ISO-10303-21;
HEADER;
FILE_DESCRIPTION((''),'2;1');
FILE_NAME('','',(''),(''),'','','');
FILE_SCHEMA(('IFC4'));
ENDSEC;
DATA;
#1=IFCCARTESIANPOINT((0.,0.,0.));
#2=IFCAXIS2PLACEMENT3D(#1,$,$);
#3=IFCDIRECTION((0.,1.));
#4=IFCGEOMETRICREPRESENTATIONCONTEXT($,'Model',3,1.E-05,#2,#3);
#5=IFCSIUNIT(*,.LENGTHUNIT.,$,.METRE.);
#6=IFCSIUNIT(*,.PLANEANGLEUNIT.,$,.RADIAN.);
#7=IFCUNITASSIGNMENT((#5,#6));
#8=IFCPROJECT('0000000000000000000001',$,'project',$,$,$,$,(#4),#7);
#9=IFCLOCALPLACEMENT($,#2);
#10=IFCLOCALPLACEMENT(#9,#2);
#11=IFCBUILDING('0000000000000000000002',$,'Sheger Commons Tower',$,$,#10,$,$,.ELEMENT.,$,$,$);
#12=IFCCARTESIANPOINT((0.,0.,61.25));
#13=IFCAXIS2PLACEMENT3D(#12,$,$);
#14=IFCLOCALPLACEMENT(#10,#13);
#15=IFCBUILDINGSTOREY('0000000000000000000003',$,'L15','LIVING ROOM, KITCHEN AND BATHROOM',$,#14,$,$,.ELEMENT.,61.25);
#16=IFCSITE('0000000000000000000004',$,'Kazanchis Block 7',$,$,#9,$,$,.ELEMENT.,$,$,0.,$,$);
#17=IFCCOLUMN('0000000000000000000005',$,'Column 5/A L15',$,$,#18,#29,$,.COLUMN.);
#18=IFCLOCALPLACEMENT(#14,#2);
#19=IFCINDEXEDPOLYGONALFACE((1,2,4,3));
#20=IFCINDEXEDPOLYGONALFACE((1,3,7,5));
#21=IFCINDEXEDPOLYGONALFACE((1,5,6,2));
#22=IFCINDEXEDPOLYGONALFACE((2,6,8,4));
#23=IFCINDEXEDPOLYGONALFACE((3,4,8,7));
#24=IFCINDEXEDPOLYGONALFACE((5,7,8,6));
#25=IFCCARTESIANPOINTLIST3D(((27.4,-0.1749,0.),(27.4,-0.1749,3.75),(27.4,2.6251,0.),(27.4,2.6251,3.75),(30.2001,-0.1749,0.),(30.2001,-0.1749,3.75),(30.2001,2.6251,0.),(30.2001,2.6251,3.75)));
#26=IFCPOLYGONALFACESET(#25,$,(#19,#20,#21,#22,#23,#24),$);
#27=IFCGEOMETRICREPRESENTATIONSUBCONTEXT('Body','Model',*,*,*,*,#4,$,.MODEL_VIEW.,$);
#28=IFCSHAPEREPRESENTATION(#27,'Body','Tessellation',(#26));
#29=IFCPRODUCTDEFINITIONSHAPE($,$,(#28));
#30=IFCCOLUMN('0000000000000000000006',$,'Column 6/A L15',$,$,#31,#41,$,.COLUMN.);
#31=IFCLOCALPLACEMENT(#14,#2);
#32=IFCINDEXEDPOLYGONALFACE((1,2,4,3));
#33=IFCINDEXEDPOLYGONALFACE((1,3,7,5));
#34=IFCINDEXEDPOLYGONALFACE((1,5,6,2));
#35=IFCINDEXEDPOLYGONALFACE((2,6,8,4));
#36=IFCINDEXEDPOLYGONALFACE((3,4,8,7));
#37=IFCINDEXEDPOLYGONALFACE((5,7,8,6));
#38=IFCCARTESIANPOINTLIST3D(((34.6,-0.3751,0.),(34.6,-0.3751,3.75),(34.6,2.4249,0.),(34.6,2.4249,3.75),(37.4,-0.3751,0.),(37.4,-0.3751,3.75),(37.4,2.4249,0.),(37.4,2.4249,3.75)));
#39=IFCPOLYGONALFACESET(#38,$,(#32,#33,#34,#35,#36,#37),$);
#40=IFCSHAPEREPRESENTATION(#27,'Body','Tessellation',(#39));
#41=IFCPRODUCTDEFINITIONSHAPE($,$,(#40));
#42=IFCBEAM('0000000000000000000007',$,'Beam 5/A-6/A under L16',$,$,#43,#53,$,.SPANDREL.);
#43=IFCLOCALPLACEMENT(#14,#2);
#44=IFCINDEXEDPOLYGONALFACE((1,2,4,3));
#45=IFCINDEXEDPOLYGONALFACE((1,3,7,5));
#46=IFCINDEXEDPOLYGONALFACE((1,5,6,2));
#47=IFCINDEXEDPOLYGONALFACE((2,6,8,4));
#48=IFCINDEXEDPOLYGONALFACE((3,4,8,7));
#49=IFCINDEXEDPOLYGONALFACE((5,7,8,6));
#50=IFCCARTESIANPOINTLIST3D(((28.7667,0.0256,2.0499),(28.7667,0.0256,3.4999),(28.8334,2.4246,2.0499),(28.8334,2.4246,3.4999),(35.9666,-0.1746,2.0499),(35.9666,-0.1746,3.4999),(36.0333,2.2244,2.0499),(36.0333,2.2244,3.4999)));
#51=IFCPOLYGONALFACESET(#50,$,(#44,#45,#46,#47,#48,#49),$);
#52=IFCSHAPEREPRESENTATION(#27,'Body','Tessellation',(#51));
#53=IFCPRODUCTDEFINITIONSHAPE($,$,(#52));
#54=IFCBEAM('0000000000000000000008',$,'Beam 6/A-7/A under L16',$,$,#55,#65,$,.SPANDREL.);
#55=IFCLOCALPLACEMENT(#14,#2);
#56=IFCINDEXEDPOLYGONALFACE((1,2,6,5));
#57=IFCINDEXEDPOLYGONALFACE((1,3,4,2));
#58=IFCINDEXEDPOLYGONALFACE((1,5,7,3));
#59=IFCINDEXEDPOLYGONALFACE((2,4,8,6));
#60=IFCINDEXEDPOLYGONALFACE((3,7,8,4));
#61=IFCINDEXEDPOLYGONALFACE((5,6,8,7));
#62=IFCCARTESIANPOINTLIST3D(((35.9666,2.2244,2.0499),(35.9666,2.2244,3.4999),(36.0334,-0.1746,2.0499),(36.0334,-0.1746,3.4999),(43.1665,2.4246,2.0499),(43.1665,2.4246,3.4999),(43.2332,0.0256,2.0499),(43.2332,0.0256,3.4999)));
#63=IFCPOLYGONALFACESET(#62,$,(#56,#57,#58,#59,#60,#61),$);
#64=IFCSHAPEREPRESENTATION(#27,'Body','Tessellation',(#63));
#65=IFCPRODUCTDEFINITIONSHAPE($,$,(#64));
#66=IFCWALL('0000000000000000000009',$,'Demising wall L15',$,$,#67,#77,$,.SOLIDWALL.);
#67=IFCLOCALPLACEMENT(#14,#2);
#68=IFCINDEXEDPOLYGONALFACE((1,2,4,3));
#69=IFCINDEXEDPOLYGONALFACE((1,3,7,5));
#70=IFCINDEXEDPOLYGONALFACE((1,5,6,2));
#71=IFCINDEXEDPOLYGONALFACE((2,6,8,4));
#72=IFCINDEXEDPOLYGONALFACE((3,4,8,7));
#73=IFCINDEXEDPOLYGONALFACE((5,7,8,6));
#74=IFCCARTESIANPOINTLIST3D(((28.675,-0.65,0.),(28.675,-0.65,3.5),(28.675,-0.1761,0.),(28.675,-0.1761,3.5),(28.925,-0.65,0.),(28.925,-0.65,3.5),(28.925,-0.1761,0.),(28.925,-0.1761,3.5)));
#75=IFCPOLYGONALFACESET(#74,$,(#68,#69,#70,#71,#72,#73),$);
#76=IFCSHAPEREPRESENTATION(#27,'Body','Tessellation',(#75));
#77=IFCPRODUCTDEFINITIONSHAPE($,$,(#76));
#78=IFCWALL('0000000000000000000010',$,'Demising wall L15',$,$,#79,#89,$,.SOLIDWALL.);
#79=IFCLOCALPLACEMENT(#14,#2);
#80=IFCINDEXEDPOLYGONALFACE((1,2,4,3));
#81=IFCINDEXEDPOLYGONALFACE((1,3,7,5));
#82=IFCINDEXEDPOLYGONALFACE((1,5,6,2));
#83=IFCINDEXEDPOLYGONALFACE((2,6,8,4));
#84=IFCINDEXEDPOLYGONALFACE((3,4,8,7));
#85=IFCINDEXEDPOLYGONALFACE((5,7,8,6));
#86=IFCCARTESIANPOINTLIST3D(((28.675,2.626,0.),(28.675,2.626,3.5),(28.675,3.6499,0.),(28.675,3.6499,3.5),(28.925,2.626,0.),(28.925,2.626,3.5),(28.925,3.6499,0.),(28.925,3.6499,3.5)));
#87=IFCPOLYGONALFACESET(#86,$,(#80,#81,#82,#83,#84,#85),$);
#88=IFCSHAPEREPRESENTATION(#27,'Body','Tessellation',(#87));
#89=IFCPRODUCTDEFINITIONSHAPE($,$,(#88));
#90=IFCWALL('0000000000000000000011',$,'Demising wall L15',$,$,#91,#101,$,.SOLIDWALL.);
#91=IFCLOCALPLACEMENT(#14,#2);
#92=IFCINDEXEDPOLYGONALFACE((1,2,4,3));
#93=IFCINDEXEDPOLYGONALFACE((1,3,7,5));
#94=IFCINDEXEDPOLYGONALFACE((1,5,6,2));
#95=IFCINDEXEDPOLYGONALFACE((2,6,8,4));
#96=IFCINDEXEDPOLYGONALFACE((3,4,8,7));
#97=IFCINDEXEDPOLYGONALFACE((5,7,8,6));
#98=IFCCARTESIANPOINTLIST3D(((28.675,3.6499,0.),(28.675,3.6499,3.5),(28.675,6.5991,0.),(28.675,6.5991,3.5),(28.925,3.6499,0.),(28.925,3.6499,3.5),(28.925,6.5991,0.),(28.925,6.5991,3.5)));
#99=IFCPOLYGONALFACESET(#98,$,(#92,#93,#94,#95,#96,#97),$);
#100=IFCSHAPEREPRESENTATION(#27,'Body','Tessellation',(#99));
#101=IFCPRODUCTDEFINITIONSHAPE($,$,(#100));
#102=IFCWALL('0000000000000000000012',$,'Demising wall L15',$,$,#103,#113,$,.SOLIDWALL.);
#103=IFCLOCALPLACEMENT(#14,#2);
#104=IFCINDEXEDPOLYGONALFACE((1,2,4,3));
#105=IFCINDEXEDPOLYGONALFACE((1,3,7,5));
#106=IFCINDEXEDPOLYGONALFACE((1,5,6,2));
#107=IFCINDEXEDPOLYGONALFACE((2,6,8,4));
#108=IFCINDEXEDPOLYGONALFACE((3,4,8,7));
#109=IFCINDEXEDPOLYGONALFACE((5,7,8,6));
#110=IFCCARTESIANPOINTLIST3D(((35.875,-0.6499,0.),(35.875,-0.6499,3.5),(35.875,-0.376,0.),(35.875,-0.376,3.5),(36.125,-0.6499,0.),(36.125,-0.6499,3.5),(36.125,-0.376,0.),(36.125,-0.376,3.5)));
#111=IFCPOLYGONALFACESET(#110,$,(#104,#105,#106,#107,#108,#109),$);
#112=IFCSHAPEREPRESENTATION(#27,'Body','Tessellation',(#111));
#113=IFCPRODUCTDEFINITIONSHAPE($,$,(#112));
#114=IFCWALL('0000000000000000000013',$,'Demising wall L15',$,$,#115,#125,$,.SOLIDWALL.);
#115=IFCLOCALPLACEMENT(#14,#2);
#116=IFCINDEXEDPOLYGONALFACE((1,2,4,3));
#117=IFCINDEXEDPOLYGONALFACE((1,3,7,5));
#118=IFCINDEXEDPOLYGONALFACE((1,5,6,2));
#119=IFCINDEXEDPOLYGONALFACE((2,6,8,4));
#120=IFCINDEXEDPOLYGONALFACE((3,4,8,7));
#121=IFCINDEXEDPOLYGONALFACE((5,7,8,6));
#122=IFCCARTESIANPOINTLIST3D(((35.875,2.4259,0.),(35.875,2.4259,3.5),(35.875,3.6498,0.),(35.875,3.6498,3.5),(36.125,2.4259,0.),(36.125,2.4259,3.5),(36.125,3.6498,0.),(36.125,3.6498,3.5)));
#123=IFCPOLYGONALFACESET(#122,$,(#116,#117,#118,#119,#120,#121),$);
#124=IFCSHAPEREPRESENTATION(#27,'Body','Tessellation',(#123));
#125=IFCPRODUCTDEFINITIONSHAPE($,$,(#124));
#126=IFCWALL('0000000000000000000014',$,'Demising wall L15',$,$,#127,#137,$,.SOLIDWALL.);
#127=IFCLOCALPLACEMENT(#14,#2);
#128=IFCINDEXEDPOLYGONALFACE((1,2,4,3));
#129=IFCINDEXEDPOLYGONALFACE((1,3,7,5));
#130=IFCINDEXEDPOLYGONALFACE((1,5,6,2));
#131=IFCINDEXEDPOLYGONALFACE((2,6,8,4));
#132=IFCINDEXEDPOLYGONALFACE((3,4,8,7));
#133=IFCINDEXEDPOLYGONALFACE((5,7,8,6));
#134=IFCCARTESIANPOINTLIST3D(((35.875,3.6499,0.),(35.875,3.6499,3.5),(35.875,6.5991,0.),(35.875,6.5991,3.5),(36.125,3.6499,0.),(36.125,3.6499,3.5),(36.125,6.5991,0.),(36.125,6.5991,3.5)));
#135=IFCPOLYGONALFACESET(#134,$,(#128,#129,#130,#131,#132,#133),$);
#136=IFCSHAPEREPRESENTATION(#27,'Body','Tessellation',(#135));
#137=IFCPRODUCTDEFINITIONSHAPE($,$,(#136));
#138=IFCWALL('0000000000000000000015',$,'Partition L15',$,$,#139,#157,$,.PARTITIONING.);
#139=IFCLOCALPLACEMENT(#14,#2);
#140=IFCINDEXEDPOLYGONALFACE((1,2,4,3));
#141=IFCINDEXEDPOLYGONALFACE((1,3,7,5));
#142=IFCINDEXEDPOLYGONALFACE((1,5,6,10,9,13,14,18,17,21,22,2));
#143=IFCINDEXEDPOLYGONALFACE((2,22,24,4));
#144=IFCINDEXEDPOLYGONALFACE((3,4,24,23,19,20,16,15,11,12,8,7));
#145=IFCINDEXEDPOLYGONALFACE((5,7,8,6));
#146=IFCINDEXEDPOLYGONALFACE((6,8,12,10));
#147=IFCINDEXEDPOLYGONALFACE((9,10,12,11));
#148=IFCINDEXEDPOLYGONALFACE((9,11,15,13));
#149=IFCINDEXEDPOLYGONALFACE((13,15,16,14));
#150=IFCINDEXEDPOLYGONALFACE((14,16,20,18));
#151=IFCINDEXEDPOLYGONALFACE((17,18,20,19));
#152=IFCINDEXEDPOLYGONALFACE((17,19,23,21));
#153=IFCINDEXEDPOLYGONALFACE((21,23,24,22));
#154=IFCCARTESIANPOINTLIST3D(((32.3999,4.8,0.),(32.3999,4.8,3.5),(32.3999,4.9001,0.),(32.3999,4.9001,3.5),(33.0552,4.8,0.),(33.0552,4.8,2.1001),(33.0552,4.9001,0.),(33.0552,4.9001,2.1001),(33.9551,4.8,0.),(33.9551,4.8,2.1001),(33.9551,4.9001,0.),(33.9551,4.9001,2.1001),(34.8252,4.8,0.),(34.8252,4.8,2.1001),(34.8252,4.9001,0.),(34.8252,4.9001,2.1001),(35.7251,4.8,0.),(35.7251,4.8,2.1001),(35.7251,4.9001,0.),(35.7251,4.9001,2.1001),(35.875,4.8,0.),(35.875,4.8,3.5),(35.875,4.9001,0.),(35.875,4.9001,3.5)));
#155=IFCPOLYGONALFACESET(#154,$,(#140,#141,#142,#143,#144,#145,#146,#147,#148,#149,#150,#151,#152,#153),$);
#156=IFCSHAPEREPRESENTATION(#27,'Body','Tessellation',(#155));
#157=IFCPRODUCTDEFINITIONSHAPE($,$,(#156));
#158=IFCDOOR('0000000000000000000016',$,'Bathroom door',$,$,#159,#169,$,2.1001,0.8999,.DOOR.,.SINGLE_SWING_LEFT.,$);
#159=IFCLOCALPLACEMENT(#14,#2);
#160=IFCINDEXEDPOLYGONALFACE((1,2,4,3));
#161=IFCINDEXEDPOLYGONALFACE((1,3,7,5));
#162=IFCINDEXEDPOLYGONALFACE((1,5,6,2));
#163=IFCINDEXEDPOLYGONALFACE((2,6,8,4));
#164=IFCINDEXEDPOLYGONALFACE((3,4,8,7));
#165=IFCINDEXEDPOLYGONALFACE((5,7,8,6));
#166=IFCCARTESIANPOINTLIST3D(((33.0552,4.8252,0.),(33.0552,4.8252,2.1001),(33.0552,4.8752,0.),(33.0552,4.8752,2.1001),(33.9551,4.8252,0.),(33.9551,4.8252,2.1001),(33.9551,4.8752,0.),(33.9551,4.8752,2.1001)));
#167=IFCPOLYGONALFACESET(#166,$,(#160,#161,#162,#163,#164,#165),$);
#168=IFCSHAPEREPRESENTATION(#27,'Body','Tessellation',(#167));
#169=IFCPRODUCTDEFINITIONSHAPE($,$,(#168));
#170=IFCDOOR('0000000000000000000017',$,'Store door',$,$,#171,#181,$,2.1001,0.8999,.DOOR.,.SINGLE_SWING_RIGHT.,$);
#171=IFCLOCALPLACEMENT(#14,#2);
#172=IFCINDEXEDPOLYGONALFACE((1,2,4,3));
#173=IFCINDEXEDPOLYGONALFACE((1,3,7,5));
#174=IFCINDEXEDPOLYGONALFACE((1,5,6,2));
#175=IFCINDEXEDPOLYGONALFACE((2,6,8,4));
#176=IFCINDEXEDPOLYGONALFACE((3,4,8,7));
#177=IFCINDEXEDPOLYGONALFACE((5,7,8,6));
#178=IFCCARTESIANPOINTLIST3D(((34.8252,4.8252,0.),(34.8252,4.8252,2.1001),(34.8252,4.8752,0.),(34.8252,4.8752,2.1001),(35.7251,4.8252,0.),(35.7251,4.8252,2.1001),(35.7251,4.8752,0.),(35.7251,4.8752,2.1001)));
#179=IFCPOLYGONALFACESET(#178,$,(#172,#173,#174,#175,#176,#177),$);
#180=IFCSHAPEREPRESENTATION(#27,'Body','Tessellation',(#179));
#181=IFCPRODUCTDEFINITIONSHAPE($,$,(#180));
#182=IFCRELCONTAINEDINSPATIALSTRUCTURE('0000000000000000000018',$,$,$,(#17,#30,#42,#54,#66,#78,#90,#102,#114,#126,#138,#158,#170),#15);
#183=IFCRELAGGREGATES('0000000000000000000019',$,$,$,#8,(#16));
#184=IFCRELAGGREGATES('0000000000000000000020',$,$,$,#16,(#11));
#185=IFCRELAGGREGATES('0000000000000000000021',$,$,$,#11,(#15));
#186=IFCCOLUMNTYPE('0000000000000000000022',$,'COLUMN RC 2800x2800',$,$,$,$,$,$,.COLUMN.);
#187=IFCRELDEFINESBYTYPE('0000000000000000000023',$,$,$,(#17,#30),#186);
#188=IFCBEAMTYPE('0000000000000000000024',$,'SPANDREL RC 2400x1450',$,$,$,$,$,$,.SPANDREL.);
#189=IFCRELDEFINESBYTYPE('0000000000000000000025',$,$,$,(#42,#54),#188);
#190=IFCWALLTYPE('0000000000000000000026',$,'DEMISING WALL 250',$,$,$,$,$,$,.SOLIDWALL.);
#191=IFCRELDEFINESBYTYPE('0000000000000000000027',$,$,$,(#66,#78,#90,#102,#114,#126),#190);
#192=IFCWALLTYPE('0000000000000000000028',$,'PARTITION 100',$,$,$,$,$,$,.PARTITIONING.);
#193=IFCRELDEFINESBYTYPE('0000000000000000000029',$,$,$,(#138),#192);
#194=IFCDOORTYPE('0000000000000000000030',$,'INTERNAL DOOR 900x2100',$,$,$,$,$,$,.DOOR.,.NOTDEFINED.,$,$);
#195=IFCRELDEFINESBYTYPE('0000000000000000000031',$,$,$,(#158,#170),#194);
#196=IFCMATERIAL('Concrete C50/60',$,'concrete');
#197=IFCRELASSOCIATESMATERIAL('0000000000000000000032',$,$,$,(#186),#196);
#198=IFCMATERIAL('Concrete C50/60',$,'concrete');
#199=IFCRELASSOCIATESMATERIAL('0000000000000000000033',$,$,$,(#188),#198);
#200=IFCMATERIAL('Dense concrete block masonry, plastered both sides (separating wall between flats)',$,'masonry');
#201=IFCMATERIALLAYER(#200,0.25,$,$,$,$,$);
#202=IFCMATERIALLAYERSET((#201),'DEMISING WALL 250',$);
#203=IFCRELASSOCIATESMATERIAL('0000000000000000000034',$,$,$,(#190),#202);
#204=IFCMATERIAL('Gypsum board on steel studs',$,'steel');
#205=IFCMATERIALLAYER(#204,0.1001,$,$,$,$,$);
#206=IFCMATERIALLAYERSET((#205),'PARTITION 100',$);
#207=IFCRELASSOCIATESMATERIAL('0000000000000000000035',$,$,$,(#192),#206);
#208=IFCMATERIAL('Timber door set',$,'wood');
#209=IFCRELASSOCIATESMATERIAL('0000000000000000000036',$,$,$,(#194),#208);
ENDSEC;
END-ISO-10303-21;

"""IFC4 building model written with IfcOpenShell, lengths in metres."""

from ifc_helpers import new_model, si_unit, direction, frame, frame_2d, origin, origin_2d, place, context, subcontext, project, spatial, rectangle, extrude, material, layer, layer_set, material_profile, profile_set, type_object, element, fill, save


model = new_model("IFC4")

# Units and contexts
model_context = context("Model", 3, precision=1e-05, world=origin(), true_north=direction((0.0, 1.0)))
body_context = subcontext(model_context, "Body", "Model", "MODEL_VIEW")
ifc_project = project(units=[si_unit("LENGTHUNIT", "METRE"), si_unit("PLANEANGLEUNIT", "RADIAN")], contexts=[model_context])

# Site, building, storey
site_placement = place(None, origin())
site = spatial("IfcSite", under=ifc_project, at=site_placement, Name="Kazanchis Block 7", CompositionType="ELEMENT", RefElevation=0.0)
building_placement = place(site_placement, origin())
building = spatial("IfcBuilding", under=site, at=building_placement, Name="Sheger Commons Tower", CompositionType="ELEMENT")
storey_placement = place(building_placement, frame((0.0, 0.0, 61.25)))
storey = spatial("IfcBuildingStorey", under=building, at=storey_placement, Name="L15", Description="LIVING ROOM, KITCHEN AND BATHROOM", CompositionType="ELEMENT", Elevation=61.25)

# Columns
ifc_material_1 = material(Name="Concrete C50/60", Category="concrete")
ifc_material_profile_1 = material_profile(ifc_material_1, rectangle(XDim=2.8, YDim=2.8, at=origin_2d()), Name="RC 2800x2800")
ifc_profile_set_1 = profile_set([ifc_material_profile_1], Name="Concrete C50/60")
column_type = type_object("IfcColumnType", Name="COLUMN RC 2800x2800", PredefinedType="COLUMN", material=ifc_profile_set_1)
for number, where, z_axis, x_axis, name in (
    (1, (28.8, 1.2251, 0.0), (0.0, 0.0, 1.0), (1.0, 0.0, 0.0), "Column 5/A L15"),
    (2, (36.0, 1.0249, 0.0), (0.0, 0.0, 1.0), (1.0, 0.0, 0.0), "Column 6/A L15"),
):
    element("IfcColumn", number, at=place(storey_placement, frame(where, z_axis=z_axis, x_axis=x_axis)), inside=storey, type_object=column_type, Name=name, PredefinedType="COLUMN", context=body_context, shape_type="SweptSolid", body=[
        extrude(rectangle(XDim=2.8, YDim=2.8, at=origin_2d()), origin(), (0.0, 0.0, 1.0), 3.75),
    ])

# Beams
ifc_material_2 = material(Name="Concrete C50/60", Category="concrete")
ifc_material_profile_2 = material_profile(ifc_material_2, rectangle(XDim=2.3999, YDim=1.45, at=origin_2d()), Name="RC 2400x1450")
ifc_profile_set_2 = profile_set([ifc_material_profile_2], Name="Concrete C50/60")
beam_type = type_object("IfcBeamType", Name="SPANDREL RC 2400x1450", PredefinedType="SPANDREL", material=ifc_profile_set_2)
for number, where, z_axis, x_axis, name in (
    (3, (28.8, 1.2251, 2.7749), (0.999614, -0.027794, 0.0), (0.027794, 0.999614, 0.0), "Beam 5/A-6/A under L16"),
    (4, (36.0, 1.0249, 2.7749), (0.999614, 0.027794, 0.0), (-0.027794, 0.999614, 0.0), "Beam 6/A-7/A under L16"),
):
    element("IfcBeam", number, at=place(storey_placement, frame(where, z_axis=z_axis, x_axis=x_axis)), inside=storey, type_object=beam_type, Name=name, PredefinedType="SPANDREL", context=body_context, shape_type="SweptSolid", body=[
        extrude(rectangle(XDim=2.3999, YDim=1.45, at=origin_2d()), origin(), (0.0, 0.0, 1.0), 7.2026),
    ])

# Walls
ifc_material_3 = material(Name="Dense concrete block masonry, plastered both sides (separating wall between flats)", Category="masonry")
ifc_layer_1 = layer(ifc_material_3, 0.25)
ifc_layer_set_1 = layer_set([ifc_layer_1], Name="DEMISING WALL 250")
wall_type_1 = type_object("IfcWallType", Name="DEMISING WALL 250", PredefinedType="SOLIDWALL", material=ifc_layer_set_1)
wall_1_placement = place(storey_placement, frame((28.8, -0.6499, 0.0), z_axis=(0.0, 0.0, 1.0), x_axis=(0.0, 1.0, 0.0)))
element("IfcWall", 5, at=wall_1_placement, inside=storey, type_object=wall_type_1, Name="Demising wall L15", PredefinedType="SOLIDWALL", context=body_context, shape_type="SweptSolid", body=[
    extrude(rectangle(XDim=0.4739, YDim=0.25, at=frame_2d((0.2368, 0.0))), origin(), (0.0, 0.0, 1.0), 3.5),
])
wall_2_placement = place(storey_placement, frame((28.8, 2.626, 0.0), z_axis=(0.0, 0.0, 1.0), x_axis=(0.0, 1.0, 0.0)))
element("IfcWall", 6, at=wall_2_placement, inside=storey, type_object=wall_type_1, Name="Demising wall L15", PredefinedType="SOLIDWALL", context=body_context, shape_type="SweptSolid", body=[
    extrude(rectangle(XDim=1.0239, YDim=0.25, at=frame_2d((0.512, 0.0))), origin(), (0.0, 0.0, 1.0), 3.5),
])
wall_3_placement = place(storey_placement, frame((28.8, 3.6499, 0.0), z_axis=(0.0, 0.0, 1.0), x_axis=(0.0, 1.0, 0.0)))
element("IfcWall", 7, at=wall_3_placement, inside=storey, type_object=wall_type_1, Name="Demising wall L15", PredefinedType="SOLIDWALL", context=body_context, shape_type="SweptSolid", body=[
    extrude(rectangle(XDim=2.9492, YDim=0.25, at=frame_2d((1.4746, 0.0))), origin(), (0.0, 0.0, 1.0), 3.5),
])
wall_4_placement = place(storey_placement, frame((36.0, -0.6499, 0.0), z_axis=(0.0, 0.0, 1.0), x_axis=(0.0, 1.0, 0.0)))
element("IfcWall", 8, at=wall_4_placement, inside=storey, type_object=wall_type_1, Name="Demising wall L15", PredefinedType="SOLIDWALL", context=body_context, shape_type="SweptSolid", body=[
    extrude(rectangle(XDim=0.2739, YDim=0.25, at=frame_2d((0.137, 0.0))), origin(), (0.0, 0.0, 1.0), 3.5),
])
wall_5_placement = place(storey_placement, frame((36.0, 2.426, 0.0), z_axis=(0.0, 0.0, 1.0), x_axis=(0.0, 1.0, 0.0)))
element("IfcWall", 9, at=wall_5_placement, inside=storey, type_object=wall_type_1, Name="Demising wall L15", PredefinedType="SOLIDWALL", context=body_context, shape_type="SweptSolid", body=[
    extrude(rectangle(XDim=1.2239, YDim=0.25, at=frame_2d((0.6118, 0.0))), origin(), (0.0, 0.0, 1.0), 3.5),
])
wall_6_placement = place(storey_placement, frame((36.0, 3.6499, 0.0), z_axis=(0.0, 0.0, 1.0), x_axis=(0.0, 1.0, 0.0)))
element("IfcWall", 10, at=wall_6_placement, inside=storey, type_object=wall_type_1, Name="Demising wall L15", PredefinedType="SOLIDWALL", context=body_context, shape_type="SweptSolid", body=[
    extrude(rectangle(XDim=2.9492, YDim=0.25, at=frame_2d((1.4746, 0.0))), origin(), (0.0, 0.0, 1.0), 3.5),
])

# Wall, openings, doors
ifc_material_4 = material(Name="Gypsum board on steel studs", Category="steel")
ifc_layer_2 = layer(ifc_material_4, 0.1001)
ifc_layer_set_2 = layer_set([ifc_layer_2], Name="PARTITION 100")
wall_type_2 = type_object("IfcWallType", Name="PARTITION 100", PredefinedType="PARTITIONING", material=ifc_layer_set_2)
wall_7_placement = place(storey_placement, frame((35.875, 4.8501, 0.0), z_axis=(0.0, 0.0, 1.0), x_axis=(-1.0, 0.0, 0.0)))
wall_7 = element("IfcWall", 11, at=wall_7_placement, inside=storey, type_object=wall_type_2, Name="Partition L15", PredefinedType="PARTITIONING", context=body_context, shape_type="SweptSolid", body=[
    extrude(rectangle(XDim=3.4751, YDim=0.1001, at=frame_2d((1.7375, 0.0))), origin(), (0.0, 0.0, 1.0), 3.5),
])
opening_1_placement = place(wall_7_placement, frame((1.9199, 0.0, 0.0)))
opening_1 = element("IfcOpeningElement", 12, at=opening_1_placement, cuts=wall_7, PredefinedType="OPENING", context=body_context, shape_type="SweptSolid", body=[
    extrude(rectangle(XDim=0.8999, YDim=2.1001, at=frame_2d((0.45, 1.05))), frame((0.0, 0.0601, 0.0), z_axis=(0.0, -1.0, 0.0), x_axis=(1.0, 0.0, 0.0)), (0.0, 0.0, 1.0), 0.1201),
])
opening_2_placement = place(wall_7_placement, frame((0.1499, 0.0, 0.0)))
opening_2 = element("IfcOpeningElement", 13, at=opening_2_placement, cuts=wall_7, PredefinedType="OPENING", context=body_context, shape_type="SweptSolid", body=[
    extrude(rectangle(XDim=0.8999, YDim=2.1001, at=frame_2d((0.45, 1.05))), frame((0.0, 0.0601, 0.0), z_axis=(0.0, -1.0, 0.0), x_axis=(1.0, 0.0, 0.0)), (0.0, 0.0, 1.0), 0.1201),
])
ifc_material_5 = material(Name="Timber door set", Category="wood")
door_type = type_object("IfcDoorType", Name="INTERNAL DOOR 900x2100", OperationType="NOTDEFINED", PredefinedType="DOOR", material=ifc_material_5)
door_1_placement = place(opening_1_placement, origin())
door_1 = element("IfcDoor", 14, at=door_1_placement, inside=storey, type_object=door_type, Name="Bathroom door", OperationType="SINGLE_SWING_LEFT", OverallHeight=2.1001, OverallWidth=0.8999, PredefinedType="DOOR", context=body_context, shape_type="SweptSolid", body=[
    extrude(rectangle(XDim=0.8999, YDim=2.1001, at=frame_2d((0.45, 1.05))), frame((0.0, 0.0249, 0.0), z_axis=(0.0, -1.0, 0.0), x_axis=(1.0, 0.0, 0.0)), (0.0, 0.0, 1.0), 0.05),
])
fill(opening_1, door_1)
door_2_placement = place(opening_2_placement, origin())
door_2 = element("IfcDoor", 15, at=door_2_placement, inside=storey, type_object=door_type, Name="Store door", OperationType="SINGLE_SWING_RIGHT", OverallHeight=2.1001, OverallWidth=0.8999, PredefinedType="DOOR", context=body_context, shape_type="SweptSolid", body=[
    extrude(rectangle(XDim=0.8999, YDim=2.1001, at=frame_2d((0.45, 1.05))), frame((0.0, 0.0249, 0.0), z_axis=(0.0, -1.0, 0.0), x_axis=(1.0, 0.0, 0.0)), (0.0, 0.0, 1.0), 0.05),
])
fill(opening_2, door_2)

save(model, "model.ifc")
